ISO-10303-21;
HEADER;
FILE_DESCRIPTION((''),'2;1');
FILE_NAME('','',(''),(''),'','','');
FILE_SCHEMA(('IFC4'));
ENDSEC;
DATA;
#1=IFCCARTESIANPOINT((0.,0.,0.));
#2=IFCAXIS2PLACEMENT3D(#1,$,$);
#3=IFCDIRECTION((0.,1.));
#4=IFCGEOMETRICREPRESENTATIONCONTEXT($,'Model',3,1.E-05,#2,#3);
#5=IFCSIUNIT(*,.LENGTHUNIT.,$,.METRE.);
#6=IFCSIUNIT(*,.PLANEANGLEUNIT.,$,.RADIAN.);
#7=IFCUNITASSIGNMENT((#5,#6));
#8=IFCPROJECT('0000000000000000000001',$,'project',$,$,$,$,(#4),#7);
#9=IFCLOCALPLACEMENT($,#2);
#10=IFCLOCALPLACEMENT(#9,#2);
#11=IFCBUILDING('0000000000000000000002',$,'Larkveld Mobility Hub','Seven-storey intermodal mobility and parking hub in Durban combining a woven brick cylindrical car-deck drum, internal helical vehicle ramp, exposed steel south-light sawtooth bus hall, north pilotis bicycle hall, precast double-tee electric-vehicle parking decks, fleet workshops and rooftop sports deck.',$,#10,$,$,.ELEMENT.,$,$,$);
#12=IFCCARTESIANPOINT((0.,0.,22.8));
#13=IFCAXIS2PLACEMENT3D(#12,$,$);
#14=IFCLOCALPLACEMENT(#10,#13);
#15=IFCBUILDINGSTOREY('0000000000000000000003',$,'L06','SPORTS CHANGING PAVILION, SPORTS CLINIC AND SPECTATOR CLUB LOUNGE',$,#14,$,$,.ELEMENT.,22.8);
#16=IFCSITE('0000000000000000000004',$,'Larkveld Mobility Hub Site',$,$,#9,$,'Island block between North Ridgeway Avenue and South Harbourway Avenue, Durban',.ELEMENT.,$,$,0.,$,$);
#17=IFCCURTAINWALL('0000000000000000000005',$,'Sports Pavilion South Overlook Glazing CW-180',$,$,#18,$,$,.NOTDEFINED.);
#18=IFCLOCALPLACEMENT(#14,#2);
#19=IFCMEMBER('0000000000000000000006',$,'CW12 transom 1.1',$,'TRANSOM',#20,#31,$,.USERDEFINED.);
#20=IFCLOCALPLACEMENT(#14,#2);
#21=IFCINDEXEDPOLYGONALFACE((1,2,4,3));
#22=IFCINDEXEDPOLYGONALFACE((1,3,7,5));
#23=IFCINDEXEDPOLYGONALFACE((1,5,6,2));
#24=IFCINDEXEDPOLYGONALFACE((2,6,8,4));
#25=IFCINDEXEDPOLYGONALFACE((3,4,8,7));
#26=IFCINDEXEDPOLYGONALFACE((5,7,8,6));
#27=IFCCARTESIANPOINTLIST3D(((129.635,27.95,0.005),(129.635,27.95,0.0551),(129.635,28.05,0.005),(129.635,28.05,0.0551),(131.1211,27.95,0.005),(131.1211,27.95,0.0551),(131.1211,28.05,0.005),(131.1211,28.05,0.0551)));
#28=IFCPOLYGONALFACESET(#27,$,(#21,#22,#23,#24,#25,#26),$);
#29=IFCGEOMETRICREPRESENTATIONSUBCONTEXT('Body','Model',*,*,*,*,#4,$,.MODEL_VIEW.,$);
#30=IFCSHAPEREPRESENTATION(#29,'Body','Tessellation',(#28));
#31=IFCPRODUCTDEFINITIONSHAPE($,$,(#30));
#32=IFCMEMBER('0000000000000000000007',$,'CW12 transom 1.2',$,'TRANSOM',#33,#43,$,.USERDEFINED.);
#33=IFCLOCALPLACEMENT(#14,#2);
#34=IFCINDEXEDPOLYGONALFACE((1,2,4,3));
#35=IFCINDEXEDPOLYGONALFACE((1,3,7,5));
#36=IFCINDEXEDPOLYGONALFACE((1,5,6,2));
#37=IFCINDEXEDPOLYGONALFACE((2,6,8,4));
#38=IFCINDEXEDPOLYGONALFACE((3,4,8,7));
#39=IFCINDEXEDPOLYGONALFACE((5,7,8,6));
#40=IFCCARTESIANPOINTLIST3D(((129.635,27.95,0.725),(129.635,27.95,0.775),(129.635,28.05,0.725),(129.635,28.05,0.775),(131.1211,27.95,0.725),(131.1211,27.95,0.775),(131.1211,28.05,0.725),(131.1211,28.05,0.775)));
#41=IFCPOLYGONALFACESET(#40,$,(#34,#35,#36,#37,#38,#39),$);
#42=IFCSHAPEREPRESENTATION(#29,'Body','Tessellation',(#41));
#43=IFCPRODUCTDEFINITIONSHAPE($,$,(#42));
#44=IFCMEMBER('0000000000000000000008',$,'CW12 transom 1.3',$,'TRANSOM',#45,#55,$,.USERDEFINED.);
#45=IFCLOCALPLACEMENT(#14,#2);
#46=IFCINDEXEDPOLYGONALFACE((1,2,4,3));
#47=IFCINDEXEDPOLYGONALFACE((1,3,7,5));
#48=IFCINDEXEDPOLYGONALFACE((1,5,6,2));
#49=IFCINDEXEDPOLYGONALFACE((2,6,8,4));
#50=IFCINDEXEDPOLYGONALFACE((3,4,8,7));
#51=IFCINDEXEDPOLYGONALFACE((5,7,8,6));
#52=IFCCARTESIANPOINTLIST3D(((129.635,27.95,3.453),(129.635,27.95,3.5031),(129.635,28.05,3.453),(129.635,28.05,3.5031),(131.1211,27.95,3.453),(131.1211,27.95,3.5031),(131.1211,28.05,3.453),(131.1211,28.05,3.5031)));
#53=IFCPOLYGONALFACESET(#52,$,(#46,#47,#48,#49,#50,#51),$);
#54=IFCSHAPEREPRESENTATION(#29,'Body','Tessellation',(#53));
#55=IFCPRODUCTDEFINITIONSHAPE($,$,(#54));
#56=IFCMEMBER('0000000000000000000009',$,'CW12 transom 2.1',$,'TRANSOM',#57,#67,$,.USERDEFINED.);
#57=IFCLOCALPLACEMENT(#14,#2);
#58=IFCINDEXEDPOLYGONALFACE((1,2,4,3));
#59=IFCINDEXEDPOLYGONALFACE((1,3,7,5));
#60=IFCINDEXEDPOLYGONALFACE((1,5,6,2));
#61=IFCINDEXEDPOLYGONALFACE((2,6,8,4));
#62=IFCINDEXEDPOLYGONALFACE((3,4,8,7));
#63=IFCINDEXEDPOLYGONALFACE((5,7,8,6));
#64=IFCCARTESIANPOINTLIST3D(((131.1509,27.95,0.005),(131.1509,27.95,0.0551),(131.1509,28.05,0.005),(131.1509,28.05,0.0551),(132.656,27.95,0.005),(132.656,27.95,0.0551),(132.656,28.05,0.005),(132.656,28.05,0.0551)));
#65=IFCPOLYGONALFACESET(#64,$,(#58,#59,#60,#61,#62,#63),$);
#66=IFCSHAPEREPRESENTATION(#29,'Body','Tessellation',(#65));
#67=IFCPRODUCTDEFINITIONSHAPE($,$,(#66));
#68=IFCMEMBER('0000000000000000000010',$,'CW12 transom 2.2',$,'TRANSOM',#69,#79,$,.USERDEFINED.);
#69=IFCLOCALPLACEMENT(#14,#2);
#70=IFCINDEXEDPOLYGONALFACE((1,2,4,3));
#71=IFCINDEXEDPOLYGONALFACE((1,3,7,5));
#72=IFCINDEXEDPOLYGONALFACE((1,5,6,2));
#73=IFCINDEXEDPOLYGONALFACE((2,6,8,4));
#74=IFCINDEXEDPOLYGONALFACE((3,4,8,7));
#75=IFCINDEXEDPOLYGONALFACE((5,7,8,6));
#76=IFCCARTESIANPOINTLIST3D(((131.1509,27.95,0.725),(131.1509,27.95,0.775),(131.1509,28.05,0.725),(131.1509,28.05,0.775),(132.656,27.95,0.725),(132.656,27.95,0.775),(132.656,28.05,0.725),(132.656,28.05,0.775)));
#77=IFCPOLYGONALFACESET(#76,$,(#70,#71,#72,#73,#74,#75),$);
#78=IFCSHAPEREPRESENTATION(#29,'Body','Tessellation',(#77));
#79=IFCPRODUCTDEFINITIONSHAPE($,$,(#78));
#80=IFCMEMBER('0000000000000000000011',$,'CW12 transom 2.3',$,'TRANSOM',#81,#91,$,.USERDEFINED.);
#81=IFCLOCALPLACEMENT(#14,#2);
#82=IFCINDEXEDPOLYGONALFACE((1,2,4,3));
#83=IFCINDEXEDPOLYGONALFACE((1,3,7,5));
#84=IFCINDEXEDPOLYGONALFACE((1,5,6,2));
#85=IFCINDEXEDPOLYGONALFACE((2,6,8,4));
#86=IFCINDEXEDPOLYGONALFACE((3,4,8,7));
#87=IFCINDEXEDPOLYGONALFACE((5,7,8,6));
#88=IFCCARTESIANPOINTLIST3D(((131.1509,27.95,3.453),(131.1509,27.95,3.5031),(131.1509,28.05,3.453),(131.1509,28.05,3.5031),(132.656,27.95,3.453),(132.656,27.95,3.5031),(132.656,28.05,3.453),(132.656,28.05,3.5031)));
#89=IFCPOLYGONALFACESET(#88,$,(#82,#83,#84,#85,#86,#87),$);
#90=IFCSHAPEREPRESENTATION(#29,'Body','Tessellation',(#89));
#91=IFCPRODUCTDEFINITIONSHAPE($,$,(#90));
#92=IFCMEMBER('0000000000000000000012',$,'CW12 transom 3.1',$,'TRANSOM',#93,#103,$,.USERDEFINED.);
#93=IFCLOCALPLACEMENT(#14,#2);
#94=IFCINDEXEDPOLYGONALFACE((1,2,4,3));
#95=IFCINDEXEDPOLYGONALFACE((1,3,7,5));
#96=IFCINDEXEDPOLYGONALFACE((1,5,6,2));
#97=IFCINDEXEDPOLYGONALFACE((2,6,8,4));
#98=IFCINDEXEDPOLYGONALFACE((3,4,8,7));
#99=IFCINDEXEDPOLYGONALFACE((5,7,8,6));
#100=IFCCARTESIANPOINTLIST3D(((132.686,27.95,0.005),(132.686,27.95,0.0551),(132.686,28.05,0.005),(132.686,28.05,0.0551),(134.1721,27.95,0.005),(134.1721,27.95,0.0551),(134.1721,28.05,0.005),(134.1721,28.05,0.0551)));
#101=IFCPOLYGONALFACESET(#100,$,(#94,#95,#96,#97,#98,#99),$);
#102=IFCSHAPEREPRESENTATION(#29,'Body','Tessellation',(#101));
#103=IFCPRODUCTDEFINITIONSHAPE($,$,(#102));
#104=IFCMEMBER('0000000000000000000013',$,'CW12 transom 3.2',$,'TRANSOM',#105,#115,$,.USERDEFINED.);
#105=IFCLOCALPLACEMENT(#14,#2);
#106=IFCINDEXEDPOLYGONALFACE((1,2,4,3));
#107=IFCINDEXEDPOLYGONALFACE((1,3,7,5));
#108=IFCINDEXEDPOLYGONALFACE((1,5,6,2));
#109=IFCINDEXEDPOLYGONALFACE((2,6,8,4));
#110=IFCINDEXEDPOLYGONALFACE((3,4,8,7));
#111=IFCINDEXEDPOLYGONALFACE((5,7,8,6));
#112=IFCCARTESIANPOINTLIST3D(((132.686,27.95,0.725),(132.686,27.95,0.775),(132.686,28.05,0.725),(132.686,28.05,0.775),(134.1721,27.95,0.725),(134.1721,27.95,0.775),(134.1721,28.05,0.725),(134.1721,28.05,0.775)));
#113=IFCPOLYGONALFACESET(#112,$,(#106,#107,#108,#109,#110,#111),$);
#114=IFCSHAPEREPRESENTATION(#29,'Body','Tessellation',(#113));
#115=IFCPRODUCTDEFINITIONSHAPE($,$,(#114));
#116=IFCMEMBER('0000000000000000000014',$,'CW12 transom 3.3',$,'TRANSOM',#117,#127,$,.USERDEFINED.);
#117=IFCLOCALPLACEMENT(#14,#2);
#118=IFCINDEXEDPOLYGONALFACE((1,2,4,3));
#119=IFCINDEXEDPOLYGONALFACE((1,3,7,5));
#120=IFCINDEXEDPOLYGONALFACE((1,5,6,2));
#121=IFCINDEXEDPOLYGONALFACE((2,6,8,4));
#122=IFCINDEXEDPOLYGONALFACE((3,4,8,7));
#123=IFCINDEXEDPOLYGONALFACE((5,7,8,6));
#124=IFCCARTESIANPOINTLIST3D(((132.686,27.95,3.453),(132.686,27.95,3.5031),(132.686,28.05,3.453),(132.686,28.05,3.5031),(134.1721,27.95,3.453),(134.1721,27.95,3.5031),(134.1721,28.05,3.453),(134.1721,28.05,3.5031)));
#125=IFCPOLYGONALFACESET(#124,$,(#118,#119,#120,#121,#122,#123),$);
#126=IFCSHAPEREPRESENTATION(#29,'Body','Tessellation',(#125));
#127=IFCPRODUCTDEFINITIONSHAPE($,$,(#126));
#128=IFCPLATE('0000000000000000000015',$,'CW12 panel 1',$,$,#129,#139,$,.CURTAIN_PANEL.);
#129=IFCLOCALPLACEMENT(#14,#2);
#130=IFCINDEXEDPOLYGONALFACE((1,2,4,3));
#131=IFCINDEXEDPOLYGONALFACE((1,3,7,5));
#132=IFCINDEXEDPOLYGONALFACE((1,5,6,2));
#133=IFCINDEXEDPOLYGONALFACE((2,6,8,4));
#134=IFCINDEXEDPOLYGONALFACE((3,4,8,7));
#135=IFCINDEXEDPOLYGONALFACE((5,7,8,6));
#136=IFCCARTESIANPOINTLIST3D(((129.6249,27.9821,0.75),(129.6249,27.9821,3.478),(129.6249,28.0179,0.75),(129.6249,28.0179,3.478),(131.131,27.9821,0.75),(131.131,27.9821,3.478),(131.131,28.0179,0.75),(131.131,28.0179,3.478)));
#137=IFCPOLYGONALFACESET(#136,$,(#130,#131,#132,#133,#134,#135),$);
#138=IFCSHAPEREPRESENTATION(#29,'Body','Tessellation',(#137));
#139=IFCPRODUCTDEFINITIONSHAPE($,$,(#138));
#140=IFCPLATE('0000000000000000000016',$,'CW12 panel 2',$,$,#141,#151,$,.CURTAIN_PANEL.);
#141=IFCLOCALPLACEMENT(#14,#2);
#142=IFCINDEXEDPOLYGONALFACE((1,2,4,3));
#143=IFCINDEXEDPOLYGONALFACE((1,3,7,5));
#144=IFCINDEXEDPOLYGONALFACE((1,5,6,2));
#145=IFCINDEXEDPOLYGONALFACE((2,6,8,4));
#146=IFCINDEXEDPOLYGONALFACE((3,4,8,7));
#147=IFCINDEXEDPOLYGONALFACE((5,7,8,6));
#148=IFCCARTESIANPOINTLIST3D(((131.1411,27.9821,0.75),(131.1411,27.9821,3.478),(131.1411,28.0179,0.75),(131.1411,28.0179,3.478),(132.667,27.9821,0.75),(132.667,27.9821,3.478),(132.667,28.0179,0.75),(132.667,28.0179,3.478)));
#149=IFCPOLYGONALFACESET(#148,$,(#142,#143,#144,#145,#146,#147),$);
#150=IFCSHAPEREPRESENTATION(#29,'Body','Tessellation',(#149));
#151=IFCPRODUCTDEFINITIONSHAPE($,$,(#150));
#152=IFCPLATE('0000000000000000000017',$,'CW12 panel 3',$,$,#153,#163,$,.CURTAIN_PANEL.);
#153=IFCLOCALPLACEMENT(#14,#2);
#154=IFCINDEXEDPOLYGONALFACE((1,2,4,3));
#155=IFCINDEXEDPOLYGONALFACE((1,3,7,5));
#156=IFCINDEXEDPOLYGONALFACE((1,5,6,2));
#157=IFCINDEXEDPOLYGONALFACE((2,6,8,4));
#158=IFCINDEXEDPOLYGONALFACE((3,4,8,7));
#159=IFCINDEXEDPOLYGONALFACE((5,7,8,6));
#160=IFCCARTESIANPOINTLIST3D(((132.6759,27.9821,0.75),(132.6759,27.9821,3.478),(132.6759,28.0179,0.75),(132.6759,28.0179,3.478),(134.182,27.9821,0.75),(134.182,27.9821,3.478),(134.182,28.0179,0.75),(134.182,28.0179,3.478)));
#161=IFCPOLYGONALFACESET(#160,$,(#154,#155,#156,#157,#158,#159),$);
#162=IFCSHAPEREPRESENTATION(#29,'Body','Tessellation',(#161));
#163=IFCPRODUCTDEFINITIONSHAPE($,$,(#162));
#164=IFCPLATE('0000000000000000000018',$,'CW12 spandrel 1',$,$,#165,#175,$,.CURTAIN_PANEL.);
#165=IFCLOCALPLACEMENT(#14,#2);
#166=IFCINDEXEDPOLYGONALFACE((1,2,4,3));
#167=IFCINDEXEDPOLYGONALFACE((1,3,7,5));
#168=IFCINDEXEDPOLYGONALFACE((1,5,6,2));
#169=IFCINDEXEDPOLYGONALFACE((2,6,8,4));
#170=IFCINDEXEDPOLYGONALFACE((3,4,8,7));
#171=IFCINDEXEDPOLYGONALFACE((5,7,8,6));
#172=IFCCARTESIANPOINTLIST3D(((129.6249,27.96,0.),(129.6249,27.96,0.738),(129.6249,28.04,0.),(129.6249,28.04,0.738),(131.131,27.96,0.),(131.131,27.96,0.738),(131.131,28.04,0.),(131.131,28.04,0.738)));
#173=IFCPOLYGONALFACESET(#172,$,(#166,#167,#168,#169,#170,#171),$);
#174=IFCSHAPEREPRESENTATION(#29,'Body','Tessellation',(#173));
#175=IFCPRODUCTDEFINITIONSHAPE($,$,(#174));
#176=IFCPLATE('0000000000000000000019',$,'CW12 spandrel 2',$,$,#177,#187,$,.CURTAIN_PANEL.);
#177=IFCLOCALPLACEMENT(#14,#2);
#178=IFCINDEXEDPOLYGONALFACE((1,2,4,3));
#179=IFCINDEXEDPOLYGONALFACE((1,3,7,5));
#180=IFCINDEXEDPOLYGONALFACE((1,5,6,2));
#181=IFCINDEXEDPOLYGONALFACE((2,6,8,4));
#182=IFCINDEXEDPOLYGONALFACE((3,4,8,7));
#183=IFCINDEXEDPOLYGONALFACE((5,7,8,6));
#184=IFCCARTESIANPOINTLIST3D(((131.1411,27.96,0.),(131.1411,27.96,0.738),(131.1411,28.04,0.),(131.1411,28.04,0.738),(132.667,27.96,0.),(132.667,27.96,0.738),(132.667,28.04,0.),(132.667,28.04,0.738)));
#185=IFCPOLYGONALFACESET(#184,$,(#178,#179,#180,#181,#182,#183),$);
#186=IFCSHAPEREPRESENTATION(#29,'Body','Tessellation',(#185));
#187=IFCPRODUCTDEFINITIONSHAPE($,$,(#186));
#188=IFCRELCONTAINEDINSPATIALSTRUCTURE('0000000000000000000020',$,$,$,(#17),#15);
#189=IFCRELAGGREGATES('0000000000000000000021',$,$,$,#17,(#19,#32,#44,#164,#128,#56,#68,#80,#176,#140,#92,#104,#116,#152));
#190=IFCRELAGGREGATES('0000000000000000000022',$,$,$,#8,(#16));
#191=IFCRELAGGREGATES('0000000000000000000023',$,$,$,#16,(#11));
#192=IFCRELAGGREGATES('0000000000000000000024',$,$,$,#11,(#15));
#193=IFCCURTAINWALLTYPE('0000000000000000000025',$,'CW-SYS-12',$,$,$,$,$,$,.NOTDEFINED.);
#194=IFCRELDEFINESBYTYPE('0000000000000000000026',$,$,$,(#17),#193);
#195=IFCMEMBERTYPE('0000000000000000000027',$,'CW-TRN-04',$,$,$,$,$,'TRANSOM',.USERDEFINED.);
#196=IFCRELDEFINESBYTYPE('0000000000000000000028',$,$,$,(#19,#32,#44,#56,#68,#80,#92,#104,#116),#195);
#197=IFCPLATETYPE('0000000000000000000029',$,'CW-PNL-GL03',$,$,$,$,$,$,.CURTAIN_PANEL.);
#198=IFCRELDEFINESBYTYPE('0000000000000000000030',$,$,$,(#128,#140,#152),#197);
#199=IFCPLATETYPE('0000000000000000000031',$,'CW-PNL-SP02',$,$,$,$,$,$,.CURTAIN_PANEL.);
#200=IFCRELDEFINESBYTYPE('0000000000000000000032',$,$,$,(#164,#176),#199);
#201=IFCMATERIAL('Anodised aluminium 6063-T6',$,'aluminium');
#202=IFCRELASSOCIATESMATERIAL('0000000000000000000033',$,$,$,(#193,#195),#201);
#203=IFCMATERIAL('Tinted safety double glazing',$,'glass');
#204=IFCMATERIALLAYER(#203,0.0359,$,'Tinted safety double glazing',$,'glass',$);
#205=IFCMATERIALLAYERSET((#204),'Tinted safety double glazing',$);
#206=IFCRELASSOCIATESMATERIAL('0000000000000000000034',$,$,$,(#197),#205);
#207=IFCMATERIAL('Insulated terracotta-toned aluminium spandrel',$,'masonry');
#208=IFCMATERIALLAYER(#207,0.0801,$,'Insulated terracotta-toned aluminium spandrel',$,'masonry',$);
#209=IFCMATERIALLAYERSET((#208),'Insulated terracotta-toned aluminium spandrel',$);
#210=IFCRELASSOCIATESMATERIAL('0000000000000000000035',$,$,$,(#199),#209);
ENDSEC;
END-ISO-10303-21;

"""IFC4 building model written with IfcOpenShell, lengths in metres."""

from ifc_helpers import new_model, si_unit, direction, frame, origin, origin_2d, place, context, subcontext, project, spatial, rectangle, extrude, material, layer, layer_set, material_profile, profile_set, type_object, element, aggregate, save


model = new_model("IFC4")

# Units and contexts
model_context = context("Model", 3, precision=1e-05, world=origin(), true_north=direction((0.0, 1.0)))
body_context = subcontext(model_context, "Body", "Model", "MODEL_VIEW")
ifc_project = project(units=[si_unit("LENGTHUNIT", "METRE"), si_unit("PLANEANGLEUNIT", "RADIAN")], contexts=[model_context])

# Site, building, storey
site_placement = place(None, origin())
site = spatial("IfcSite", under=ifc_project, at=site_placement, Name="Larkveld Mobility Hub Site", LongName="Island block between North Ridgeway Avenue and South Harbourway Avenue, Durban", CompositionType="ELEMENT", RefElevation=0.0)
building_placement = place(site_placement, origin())
building = spatial("IfcBuilding", under=site, at=building_placement, Name="Larkveld Mobility Hub", Description="Seven-storey intermodal mobility and parking hub in Durban combining a woven brick cylindrical car-deck drum, internal helical vehicle ramp, exposed steel south-light sawtooth bus hall, north pilotis bicycle hall, precast double-tee electric-vehicle parking decks, fleet workshops and rooftop sports deck.", CompositionType="ELEMENT")
storey_placement = place(building_placement, frame((0.0, 0.0, 22.8)))
storey = spatial("IfcBuildingStorey", under=building, at=storey_placement, Name="L06", Description="SPORTS CHANGING PAVILION, SPORTS CLINIC AND SPECTATOR CLUB LOUNGE", CompositionType="ELEMENT", Elevation=22.8)

# Shared definitions
ifc_material_1 = material(Name="Anodised aluminium 6063-T6", Category="aluminium")

# Curtain wall, members, plates
curtain_wall_type_1 = type_object("IfcCurtainWallType", Name="CW-SYS-12", PredefinedType="NOTDEFINED", material=ifc_material_1)
curtain_wall_1_placement = place(storey_placement, origin())
curtain_wall_1 = element("IfcCurtainWall", 1, at=curtain_wall_1_placement, inside=storey, type_object=curtain_wall_type_1, Name="Sports Pavilion South Overlook Glazing CW-180", PredefinedType="NOTDEFINED")
ifc_material_profile_1 = material_profile(ifc_material_1, rectangle(XDim=0.1001, YDim=0.05, at=origin_2d()), Name="ALU TRAN 50x100")
ifc_profile_set_1 = profile_set([ifc_material_profile_1], Name="Anodised aluminium 6063-T6")
member_type_1 = type_object("IfcMemberType", Name="CW-TRN-04", ElementType="TRANSOM", PredefinedType="USERDEFINED", material=ifc_profile_set_1)
member_1_placement = place(storey_placement, frame((129.635, 28.0, 0.03), z_axis=(1.0, 0.0, 0.0), x_axis=(0.0, 1.0, 0.0)))
member_1 = element("IfcMember", 2, at=member_1_placement, type_object=member_type_1, Name="CW12 transom 1.1", ObjectType="TRANSOM", PredefinedType="USERDEFINED", context=body_context, shape_type="SweptSolid", body=[
    extrude(rectangle(XDim=0.1001, YDim=0.05, at=origin_2d()), origin(), (0.0, 0.0, 1.0), 1.4861),
])
member_2_placement = place(storey_placement, frame((129.635, 28.0, 0.75), z_axis=(1.0, 0.0, 0.0), x_axis=(0.0, 1.0, 0.0)))
member_2 = element("IfcMember", 3, at=member_2_placement, type_object=member_type_1, Name="CW12 transom 1.2", ObjectType="TRANSOM", PredefinedType="USERDEFINED", context=body_context, shape_type="SweptSolid", body=[
    extrude(rectangle(XDim=0.1001, YDim=0.05, at=origin_2d()), origin(), (0.0, 0.0, 1.0), 1.4861),
])
member_3_placement = place(storey_placement, frame((129.635, 28.0, 3.478), z_axis=(1.0, 0.0, 0.0), x_axis=(0.0, 1.0, 0.0)))
member_3 = element("IfcMember", 4, at=member_3_placement, type_object=member_type_1, Name="CW12 transom 1.3", ObjectType="TRANSOM", PredefinedType="USERDEFINED", context=body_context, shape_type="SweptSolid", body=[
    extrude(rectangle(XDim=0.1001, YDim=0.05, at=origin_2d()), origin(), (0.0, 0.0, 1.0), 1.4861),
])
member_4_placement = place(storey_placement, frame((131.1509, 28.0, 0.03), z_axis=(1.0, 0.0, 0.0), x_axis=(0.0, 1.0, 0.0)))
member_4 = element("IfcMember", 5, at=member_4_placement, type_object=member_type_1, Name="CW12 transom 2.1", ObjectType="TRANSOM", PredefinedType="USERDEFINED", context=body_context, shape_type="SweptSolid", body=[
    extrude(rectangle(XDim=0.1001, YDim=0.05, at=origin_2d()), origin(), (0.0, 0.0, 1.0), 1.5051),
])
member_5_placement = place(storey_placement, frame((131.1509, 28.0, 0.75), z_axis=(1.0, 0.0, 0.0), x_axis=(0.0, 1.0, 0.0)))
member_5 = element("IfcMember", 6, at=member_5_placement, type_object=member_type_1, Name="CW12 transom 2.2", ObjectType="TRANSOM", PredefinedType="USERDEFINED", context=body_context, shape_type="SweptSolid", body=[
    extrude(rectangle(XDim=0.1001, YDim=0.05, at=origin_2d()), origin(), (0.0, 0.0, 1.0), 1.5051),
])
member_6_placement = place(storey_placement, frame((131.1509, 28.0, 3.478), z_axis=(1.0, 0.0, 0.0), x_axis=(0.0, 1.0, 0.0)))
member_6 = element("IfcMember", 7, at=member_6_placement, type_object=member_type_1, Name="CW12 transom 2.3", ObjectType="TRANSOM", PredefinedType="USERDEFINED", context=body_context, shape_type="SweptSolid", body=[
    extrude(rectangle(XDim=0.1001, YDim=0.05, at=origin_2d()), origin(), (0.0, 0.0, 1.0), 1.5051),
])
member_7_placement = place(storey_placement, frame((132.686, 28.0, 0.03), z_axis=(1.0, 0.0, 0.0), x_axis=(0.0, 1.0, 0.0)))
member_7 = element("IfcMember", 8, at=member_7_placement, type_object=member_type_1, Name="CW12 transom 3.1", ObjectType="TRANSOM", PredefinedType="USERDEFINED", context=body_context, shape_type="SweptSolid", body=[
    extrude(rectangle(XDim=0.1001, YDim=0.05, at=origin_2d()), origin(), (0.0, 0.0, 1.0), 1.4861),
])
member_8_placement = place(storey_placement, frame((132.686, 28.0, 0.75), z_axis=(1.0, 0.0, 0.0), x_axis=(0.0, 1.0, 0.0)))
member_8 = element("IfcMember", 9, at=member_8_placement, type_object=member_type_1, Name="CW12 transom 3.2", ObjectType="TRANSOM", PredefinedType="USERDEFINED", context=body_context, shape_type="SweptSolid", body=[
    extrude(rectangle(XDim=0.1001, YDim=0.05, at=origin_2d()), origin(), (0.0, 0.0, 1.0), 1.4861),
])
member_9_placement = place(storey_placement, frame((132.686, 28.0, 3.478), z_axis=(1.0, 0.0, 0.0), x_axis=(0.0, 1.0, 0.0)))
member_9 = element("IfcMember", 10, at=member_9_placement, type_object=member_type_1, Name="CW12 transom 3.3", ObjectType="TRANSOM", PredefinedType="USERDEFINED", context=body_context, shape_type="SweptSolid", body=[
    extrude(rectangle(XDim=0.1001, YDim=0.05, at=origin_2d()), origin(), (0.0, 0.0, 1.0), 1.4861),
])
ifc_material_2 = material(Name="Tinted safety double glazing", Category="glass")
ifc_layer_1 = layer(ifc_material_2, 0.0359, Name="Tinted safety double glazing", Category="glass")
ifc_layer_set_1 = layer_set([ifc_layer_1], Name="Tinted safety double glazing")
plate_type_1 = type_object("IfcPlateType", Name="CW-PNL-GL03", PredefinedType="CURTAIN_PANEL", material=ifc_layer_set_1)
plate_1_placement = place(storey_placement, frame((130.3779, 28.0, 0.75), z_axis=(0.0, 0.0, 1.0), x_axis=(1.0, 0.0, 0.0)))
plate_1 = element("IfcPlate", 11, at=plate_1_placement, type_object=plate_type_1, Name="CW12 panel 1", PredefinedType="CURTAIN_PANEL", context=body_context, shape_type="SweptSolid", body=[
    extrude(rectangle(XDim=1.5061, YDim=0.0359, at=origin_2d()), origin(), (0.0, 0.0, 1.0), 2.728),
])
plate_2_placement = place(storey_placement, frame((131.9041, 28.0, 0.75), z_axis=(0.0, 0.0, 1.0), x_axis=(1.0, 0.0, 0.0)))
plate_2 = element("IfcPlate", 12, at=plate_2_placement, type_object=plate_type_1, Name="CW12 panel 2", PredefinedType="CURTAIN_PANEL", context=body_context, shape_type="SweptSolid", body=[
    extrude(rectangle(XDim=1.5259, YDim=0.0359, at=origin_2d()), origin(), (0.0, 0.0, 1.0), 2.728),
])
plate_3_placement = place(storey_placement, frame((133.429, 28.0, 0.75), z_axis=(0.0, 0.0, 1.0), x_axis=(1.0, 0.0, 0.0)))
plate_3 = element("IfcPlate", 13, at=plate_3_placement, type_object=plate_type_1, Name="CW12 panel 3", PredefinedType="CURTAIN_PANEL", context=body_context, shape_type="SweptSolid", body=[
    extrude(rectangle(XDim=1.5061, YDim=0.0359, at=origin_2d()), origin(), (0.0, 0.0, 1.0), 2.728),
])
ifc_material_3 = material(Name="Insulated terracotta-toned aluminium spandrel", Category="masonry")
ifc_layer_2 = layer(ifc_material_3, 0.0801, Name="Insulated terracotta-toned aluminium spandrel", Category="masonry")
ifc_layer_set_2 = layer_set([ifc_layer_2], Name="Insulated terracotta-toned aluminium spandrel")
plate_type_2 = type_object("IfcPlateType", Name="CW-PNL-SP02", PredefinedType="CURTAIN_PANEL", material=ifc_layer_set_2)
plate_4_placement = place(storey_placement, frame((130.3779, 28.0, 0.0), z_axis=(0.0, 0.0, 1.0), x_axis=(1.0, 0.0, 0.0)))
plate_4 = element("IfcPlate", 14, at=plate_4_placement, type_object=plate_type_2, Name="CW12 spandrel 1", PredefinedType="CURTAIN_PANEL", context=body_context, shape_type="SweptSolid", body=[
    extrude(rectangle(XDim=1.5061, YDim=0.0801, at=origin_2d()), origin(), (0.0, 0.0, 1.0), 0.738),
])
plate_5_placement = place(storey_placement, frame((131.9041, 28.0, 0.0), z_axis=(0.0, 0.0, 1.0), x_axis=(1.0, 0.0, 0.0)))
plate_5 = element("IfcPlate", 15, at=plate_5_placement, type_object=plate_type_2, Name="CW12 spandrel 2", PredefinedType="CURTAIN_PANEL", context=body_context, shape_type="SweptSolid", body=[
    extrude(rectangle(XDim=1.5259, YDim=0.0801, at=origin_2d()), origin(), (0.0, 0.0, 1.0), 0.738),
])
aggregate(curtain_wall_1, [member_1, member_2, member_3, plate_4, plate_1, member_4, member_5, member_6, plate_5, plate_2, member_7, member_8, member_9, plate_3])

save(model, "model.ifc")
